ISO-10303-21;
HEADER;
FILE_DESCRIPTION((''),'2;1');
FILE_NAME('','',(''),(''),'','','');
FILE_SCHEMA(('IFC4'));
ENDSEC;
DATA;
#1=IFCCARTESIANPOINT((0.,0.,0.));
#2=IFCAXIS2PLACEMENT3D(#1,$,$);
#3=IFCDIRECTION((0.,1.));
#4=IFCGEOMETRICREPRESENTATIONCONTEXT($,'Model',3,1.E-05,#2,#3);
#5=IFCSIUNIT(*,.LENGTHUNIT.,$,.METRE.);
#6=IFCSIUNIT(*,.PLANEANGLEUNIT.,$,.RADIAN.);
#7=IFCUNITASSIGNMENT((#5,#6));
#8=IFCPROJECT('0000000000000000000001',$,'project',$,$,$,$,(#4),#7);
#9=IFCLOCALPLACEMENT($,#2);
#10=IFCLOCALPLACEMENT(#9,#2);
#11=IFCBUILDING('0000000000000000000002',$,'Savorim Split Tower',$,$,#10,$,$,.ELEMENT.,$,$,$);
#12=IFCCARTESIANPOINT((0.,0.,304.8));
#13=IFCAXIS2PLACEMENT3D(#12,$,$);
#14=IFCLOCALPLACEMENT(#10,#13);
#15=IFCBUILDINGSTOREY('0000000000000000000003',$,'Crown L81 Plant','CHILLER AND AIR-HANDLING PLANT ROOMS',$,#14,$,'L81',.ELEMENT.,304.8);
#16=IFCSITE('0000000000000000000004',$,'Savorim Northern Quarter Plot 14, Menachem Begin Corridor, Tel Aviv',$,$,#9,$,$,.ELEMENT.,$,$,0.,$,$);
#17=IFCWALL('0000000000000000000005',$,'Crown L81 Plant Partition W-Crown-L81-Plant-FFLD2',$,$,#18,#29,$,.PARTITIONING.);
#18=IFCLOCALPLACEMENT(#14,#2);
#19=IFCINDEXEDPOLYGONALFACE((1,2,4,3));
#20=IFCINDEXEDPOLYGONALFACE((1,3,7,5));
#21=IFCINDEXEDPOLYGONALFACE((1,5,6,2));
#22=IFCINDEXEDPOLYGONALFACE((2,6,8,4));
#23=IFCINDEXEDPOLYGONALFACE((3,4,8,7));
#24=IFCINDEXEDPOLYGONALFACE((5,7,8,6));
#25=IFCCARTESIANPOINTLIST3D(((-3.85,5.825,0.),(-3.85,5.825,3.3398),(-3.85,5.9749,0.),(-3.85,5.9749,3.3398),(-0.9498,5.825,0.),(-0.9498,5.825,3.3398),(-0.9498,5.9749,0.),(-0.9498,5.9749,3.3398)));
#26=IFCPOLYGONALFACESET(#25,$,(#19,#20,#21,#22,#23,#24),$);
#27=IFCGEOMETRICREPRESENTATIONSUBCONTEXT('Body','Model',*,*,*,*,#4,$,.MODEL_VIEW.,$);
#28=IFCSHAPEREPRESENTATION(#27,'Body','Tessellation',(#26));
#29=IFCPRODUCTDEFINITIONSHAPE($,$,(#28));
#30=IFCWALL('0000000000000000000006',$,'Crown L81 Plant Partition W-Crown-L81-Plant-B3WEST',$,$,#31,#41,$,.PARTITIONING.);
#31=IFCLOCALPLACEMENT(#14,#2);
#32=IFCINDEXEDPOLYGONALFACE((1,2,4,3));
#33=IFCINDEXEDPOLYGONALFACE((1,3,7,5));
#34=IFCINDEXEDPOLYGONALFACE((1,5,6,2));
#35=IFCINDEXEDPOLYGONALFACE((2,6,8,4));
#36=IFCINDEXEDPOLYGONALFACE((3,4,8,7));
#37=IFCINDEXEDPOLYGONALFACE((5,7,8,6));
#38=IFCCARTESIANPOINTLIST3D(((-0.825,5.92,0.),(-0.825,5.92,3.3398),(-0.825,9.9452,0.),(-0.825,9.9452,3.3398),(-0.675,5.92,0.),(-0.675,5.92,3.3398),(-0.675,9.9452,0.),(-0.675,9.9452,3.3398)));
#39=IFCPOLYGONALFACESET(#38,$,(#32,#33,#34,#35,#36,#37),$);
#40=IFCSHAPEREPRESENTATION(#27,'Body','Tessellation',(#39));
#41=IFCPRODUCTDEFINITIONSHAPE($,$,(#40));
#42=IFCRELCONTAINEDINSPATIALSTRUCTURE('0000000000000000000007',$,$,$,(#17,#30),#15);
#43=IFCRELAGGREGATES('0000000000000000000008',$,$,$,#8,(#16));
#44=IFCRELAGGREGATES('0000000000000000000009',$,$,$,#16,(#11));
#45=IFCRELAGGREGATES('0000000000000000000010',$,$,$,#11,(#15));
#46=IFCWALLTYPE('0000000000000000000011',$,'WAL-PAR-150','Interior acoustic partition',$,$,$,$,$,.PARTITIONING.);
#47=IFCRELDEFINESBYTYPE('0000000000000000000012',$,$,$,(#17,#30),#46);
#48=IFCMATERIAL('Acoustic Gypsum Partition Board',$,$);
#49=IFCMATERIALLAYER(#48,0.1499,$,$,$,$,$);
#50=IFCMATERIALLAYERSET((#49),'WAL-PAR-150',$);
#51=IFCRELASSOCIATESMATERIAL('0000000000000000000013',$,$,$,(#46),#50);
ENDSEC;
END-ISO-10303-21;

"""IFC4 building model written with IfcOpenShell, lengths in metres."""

from ifc_helpers import new_model, si_unit, direction, frame, frame_2d, origin, place, context, subcontext, project, spatial, rectangle, extrude, material, layer, layer_set, type_object, element, save


model = new_model("IFC4")

# Units and contexts
model_context = context("Model", 3, precision=1e-05, world=origin(), true_north=direction((0.0, 1.0)))
body_context = subcontext(model_context, "Body", "Model", "MODEL_VIEW")
ifc_project = project(units=[si_unit("LENGTHUNIT", "METRE"), si_unit("PLANEANGLEUNIT", "RADIAN")], contexts=[model_context])

# Site, building, storey
site_placement = place(None, origin())
site = spatial("IfcSite", under=ifc_project, at=site_placement, Name="Savorim Northern Quarter Plot 14, Menachem Begin Corridor, Tel Aviv", CompositionType="ELEMENT", RefElevation=0.0)
building_placement = place(site_placement, origin())
building = spatial("IfcBuilding", under=site, at=building_placement, Name="Savorim Split Tower", CompositionType="ELEMENT")
storey_placement = place(building_placement, frame((0.0, 0.0, 304.8)))
storey = spatial("IfcBuildingStorey", under=building, at=storey_placement, Name="Crown L81 Plant", Description="CHILLER AND AIR-HANDLING PLANT ROOMS", LongName="L81", CompositionType="ELEMENT", Elevation=304.8)

# Walls
ifc_material_1 = material(Name="Acoustic Gypsum Partition Board")
ifc_layer_1 = layer(ifc_material_1, 0.1499)
ifc_layer_set_1 = layer_set([ifc_layer_1], Name="WAL-PAR-150")
wall_type_1 = type_object("IfcWallType", Name="WAL-PAR-150", Description="Interior acoustic partition", PredefinedType="PARTITIONING", material=ifc_layer_set_1)
wall_1_placement = place(storey_placement, frame((-3.8501, 5.8999, 0.0), z_axis=(0.0, 0.0, 1.0), x_axis=(1.0, 0.0, 0.0)))
element("IfcWall", 1, at=wall_1_placement, inside=storey, type_object=wall_type_1, Name="Crown L81 Plant Partition W-Crown-L81-Plant-FFLD2", PredefinedType="PARTITIONING", context=body_context, shape_type="SweptSolid", body=[
    extrude(rectangle(XDim=2.9001, YDim=0.1499, at=frame_2d((1.4502, 0.0))), origin(), (0.0, 0.0, 1.0), 3.3398),
])
wall_2_placement = place(storey_placement, frame((-0.75, 5.9199, 0.0), z_axis=(0.0, 0.0, 1.0), x_axis=(0.0, 1.0, 0.0)))
element("IfcWall", 2, at=wall_2_placement, inside=storey, type_object=wall_type_1, Name="Crown L81 Plant Partition W-Crown-L81-Plant-B3WEST", PredefinedType="PARTITIONING", context=body_context, shape_type="SweptSolid", body=[
    extrude(rectangle(XDim=4.0251, YDim=0.1499, at=frame_2d((2.0127, 0.0))), origin(), (0.0, 0.0, 1.0), 3.3398),
])

save(model, "model.ifc")
